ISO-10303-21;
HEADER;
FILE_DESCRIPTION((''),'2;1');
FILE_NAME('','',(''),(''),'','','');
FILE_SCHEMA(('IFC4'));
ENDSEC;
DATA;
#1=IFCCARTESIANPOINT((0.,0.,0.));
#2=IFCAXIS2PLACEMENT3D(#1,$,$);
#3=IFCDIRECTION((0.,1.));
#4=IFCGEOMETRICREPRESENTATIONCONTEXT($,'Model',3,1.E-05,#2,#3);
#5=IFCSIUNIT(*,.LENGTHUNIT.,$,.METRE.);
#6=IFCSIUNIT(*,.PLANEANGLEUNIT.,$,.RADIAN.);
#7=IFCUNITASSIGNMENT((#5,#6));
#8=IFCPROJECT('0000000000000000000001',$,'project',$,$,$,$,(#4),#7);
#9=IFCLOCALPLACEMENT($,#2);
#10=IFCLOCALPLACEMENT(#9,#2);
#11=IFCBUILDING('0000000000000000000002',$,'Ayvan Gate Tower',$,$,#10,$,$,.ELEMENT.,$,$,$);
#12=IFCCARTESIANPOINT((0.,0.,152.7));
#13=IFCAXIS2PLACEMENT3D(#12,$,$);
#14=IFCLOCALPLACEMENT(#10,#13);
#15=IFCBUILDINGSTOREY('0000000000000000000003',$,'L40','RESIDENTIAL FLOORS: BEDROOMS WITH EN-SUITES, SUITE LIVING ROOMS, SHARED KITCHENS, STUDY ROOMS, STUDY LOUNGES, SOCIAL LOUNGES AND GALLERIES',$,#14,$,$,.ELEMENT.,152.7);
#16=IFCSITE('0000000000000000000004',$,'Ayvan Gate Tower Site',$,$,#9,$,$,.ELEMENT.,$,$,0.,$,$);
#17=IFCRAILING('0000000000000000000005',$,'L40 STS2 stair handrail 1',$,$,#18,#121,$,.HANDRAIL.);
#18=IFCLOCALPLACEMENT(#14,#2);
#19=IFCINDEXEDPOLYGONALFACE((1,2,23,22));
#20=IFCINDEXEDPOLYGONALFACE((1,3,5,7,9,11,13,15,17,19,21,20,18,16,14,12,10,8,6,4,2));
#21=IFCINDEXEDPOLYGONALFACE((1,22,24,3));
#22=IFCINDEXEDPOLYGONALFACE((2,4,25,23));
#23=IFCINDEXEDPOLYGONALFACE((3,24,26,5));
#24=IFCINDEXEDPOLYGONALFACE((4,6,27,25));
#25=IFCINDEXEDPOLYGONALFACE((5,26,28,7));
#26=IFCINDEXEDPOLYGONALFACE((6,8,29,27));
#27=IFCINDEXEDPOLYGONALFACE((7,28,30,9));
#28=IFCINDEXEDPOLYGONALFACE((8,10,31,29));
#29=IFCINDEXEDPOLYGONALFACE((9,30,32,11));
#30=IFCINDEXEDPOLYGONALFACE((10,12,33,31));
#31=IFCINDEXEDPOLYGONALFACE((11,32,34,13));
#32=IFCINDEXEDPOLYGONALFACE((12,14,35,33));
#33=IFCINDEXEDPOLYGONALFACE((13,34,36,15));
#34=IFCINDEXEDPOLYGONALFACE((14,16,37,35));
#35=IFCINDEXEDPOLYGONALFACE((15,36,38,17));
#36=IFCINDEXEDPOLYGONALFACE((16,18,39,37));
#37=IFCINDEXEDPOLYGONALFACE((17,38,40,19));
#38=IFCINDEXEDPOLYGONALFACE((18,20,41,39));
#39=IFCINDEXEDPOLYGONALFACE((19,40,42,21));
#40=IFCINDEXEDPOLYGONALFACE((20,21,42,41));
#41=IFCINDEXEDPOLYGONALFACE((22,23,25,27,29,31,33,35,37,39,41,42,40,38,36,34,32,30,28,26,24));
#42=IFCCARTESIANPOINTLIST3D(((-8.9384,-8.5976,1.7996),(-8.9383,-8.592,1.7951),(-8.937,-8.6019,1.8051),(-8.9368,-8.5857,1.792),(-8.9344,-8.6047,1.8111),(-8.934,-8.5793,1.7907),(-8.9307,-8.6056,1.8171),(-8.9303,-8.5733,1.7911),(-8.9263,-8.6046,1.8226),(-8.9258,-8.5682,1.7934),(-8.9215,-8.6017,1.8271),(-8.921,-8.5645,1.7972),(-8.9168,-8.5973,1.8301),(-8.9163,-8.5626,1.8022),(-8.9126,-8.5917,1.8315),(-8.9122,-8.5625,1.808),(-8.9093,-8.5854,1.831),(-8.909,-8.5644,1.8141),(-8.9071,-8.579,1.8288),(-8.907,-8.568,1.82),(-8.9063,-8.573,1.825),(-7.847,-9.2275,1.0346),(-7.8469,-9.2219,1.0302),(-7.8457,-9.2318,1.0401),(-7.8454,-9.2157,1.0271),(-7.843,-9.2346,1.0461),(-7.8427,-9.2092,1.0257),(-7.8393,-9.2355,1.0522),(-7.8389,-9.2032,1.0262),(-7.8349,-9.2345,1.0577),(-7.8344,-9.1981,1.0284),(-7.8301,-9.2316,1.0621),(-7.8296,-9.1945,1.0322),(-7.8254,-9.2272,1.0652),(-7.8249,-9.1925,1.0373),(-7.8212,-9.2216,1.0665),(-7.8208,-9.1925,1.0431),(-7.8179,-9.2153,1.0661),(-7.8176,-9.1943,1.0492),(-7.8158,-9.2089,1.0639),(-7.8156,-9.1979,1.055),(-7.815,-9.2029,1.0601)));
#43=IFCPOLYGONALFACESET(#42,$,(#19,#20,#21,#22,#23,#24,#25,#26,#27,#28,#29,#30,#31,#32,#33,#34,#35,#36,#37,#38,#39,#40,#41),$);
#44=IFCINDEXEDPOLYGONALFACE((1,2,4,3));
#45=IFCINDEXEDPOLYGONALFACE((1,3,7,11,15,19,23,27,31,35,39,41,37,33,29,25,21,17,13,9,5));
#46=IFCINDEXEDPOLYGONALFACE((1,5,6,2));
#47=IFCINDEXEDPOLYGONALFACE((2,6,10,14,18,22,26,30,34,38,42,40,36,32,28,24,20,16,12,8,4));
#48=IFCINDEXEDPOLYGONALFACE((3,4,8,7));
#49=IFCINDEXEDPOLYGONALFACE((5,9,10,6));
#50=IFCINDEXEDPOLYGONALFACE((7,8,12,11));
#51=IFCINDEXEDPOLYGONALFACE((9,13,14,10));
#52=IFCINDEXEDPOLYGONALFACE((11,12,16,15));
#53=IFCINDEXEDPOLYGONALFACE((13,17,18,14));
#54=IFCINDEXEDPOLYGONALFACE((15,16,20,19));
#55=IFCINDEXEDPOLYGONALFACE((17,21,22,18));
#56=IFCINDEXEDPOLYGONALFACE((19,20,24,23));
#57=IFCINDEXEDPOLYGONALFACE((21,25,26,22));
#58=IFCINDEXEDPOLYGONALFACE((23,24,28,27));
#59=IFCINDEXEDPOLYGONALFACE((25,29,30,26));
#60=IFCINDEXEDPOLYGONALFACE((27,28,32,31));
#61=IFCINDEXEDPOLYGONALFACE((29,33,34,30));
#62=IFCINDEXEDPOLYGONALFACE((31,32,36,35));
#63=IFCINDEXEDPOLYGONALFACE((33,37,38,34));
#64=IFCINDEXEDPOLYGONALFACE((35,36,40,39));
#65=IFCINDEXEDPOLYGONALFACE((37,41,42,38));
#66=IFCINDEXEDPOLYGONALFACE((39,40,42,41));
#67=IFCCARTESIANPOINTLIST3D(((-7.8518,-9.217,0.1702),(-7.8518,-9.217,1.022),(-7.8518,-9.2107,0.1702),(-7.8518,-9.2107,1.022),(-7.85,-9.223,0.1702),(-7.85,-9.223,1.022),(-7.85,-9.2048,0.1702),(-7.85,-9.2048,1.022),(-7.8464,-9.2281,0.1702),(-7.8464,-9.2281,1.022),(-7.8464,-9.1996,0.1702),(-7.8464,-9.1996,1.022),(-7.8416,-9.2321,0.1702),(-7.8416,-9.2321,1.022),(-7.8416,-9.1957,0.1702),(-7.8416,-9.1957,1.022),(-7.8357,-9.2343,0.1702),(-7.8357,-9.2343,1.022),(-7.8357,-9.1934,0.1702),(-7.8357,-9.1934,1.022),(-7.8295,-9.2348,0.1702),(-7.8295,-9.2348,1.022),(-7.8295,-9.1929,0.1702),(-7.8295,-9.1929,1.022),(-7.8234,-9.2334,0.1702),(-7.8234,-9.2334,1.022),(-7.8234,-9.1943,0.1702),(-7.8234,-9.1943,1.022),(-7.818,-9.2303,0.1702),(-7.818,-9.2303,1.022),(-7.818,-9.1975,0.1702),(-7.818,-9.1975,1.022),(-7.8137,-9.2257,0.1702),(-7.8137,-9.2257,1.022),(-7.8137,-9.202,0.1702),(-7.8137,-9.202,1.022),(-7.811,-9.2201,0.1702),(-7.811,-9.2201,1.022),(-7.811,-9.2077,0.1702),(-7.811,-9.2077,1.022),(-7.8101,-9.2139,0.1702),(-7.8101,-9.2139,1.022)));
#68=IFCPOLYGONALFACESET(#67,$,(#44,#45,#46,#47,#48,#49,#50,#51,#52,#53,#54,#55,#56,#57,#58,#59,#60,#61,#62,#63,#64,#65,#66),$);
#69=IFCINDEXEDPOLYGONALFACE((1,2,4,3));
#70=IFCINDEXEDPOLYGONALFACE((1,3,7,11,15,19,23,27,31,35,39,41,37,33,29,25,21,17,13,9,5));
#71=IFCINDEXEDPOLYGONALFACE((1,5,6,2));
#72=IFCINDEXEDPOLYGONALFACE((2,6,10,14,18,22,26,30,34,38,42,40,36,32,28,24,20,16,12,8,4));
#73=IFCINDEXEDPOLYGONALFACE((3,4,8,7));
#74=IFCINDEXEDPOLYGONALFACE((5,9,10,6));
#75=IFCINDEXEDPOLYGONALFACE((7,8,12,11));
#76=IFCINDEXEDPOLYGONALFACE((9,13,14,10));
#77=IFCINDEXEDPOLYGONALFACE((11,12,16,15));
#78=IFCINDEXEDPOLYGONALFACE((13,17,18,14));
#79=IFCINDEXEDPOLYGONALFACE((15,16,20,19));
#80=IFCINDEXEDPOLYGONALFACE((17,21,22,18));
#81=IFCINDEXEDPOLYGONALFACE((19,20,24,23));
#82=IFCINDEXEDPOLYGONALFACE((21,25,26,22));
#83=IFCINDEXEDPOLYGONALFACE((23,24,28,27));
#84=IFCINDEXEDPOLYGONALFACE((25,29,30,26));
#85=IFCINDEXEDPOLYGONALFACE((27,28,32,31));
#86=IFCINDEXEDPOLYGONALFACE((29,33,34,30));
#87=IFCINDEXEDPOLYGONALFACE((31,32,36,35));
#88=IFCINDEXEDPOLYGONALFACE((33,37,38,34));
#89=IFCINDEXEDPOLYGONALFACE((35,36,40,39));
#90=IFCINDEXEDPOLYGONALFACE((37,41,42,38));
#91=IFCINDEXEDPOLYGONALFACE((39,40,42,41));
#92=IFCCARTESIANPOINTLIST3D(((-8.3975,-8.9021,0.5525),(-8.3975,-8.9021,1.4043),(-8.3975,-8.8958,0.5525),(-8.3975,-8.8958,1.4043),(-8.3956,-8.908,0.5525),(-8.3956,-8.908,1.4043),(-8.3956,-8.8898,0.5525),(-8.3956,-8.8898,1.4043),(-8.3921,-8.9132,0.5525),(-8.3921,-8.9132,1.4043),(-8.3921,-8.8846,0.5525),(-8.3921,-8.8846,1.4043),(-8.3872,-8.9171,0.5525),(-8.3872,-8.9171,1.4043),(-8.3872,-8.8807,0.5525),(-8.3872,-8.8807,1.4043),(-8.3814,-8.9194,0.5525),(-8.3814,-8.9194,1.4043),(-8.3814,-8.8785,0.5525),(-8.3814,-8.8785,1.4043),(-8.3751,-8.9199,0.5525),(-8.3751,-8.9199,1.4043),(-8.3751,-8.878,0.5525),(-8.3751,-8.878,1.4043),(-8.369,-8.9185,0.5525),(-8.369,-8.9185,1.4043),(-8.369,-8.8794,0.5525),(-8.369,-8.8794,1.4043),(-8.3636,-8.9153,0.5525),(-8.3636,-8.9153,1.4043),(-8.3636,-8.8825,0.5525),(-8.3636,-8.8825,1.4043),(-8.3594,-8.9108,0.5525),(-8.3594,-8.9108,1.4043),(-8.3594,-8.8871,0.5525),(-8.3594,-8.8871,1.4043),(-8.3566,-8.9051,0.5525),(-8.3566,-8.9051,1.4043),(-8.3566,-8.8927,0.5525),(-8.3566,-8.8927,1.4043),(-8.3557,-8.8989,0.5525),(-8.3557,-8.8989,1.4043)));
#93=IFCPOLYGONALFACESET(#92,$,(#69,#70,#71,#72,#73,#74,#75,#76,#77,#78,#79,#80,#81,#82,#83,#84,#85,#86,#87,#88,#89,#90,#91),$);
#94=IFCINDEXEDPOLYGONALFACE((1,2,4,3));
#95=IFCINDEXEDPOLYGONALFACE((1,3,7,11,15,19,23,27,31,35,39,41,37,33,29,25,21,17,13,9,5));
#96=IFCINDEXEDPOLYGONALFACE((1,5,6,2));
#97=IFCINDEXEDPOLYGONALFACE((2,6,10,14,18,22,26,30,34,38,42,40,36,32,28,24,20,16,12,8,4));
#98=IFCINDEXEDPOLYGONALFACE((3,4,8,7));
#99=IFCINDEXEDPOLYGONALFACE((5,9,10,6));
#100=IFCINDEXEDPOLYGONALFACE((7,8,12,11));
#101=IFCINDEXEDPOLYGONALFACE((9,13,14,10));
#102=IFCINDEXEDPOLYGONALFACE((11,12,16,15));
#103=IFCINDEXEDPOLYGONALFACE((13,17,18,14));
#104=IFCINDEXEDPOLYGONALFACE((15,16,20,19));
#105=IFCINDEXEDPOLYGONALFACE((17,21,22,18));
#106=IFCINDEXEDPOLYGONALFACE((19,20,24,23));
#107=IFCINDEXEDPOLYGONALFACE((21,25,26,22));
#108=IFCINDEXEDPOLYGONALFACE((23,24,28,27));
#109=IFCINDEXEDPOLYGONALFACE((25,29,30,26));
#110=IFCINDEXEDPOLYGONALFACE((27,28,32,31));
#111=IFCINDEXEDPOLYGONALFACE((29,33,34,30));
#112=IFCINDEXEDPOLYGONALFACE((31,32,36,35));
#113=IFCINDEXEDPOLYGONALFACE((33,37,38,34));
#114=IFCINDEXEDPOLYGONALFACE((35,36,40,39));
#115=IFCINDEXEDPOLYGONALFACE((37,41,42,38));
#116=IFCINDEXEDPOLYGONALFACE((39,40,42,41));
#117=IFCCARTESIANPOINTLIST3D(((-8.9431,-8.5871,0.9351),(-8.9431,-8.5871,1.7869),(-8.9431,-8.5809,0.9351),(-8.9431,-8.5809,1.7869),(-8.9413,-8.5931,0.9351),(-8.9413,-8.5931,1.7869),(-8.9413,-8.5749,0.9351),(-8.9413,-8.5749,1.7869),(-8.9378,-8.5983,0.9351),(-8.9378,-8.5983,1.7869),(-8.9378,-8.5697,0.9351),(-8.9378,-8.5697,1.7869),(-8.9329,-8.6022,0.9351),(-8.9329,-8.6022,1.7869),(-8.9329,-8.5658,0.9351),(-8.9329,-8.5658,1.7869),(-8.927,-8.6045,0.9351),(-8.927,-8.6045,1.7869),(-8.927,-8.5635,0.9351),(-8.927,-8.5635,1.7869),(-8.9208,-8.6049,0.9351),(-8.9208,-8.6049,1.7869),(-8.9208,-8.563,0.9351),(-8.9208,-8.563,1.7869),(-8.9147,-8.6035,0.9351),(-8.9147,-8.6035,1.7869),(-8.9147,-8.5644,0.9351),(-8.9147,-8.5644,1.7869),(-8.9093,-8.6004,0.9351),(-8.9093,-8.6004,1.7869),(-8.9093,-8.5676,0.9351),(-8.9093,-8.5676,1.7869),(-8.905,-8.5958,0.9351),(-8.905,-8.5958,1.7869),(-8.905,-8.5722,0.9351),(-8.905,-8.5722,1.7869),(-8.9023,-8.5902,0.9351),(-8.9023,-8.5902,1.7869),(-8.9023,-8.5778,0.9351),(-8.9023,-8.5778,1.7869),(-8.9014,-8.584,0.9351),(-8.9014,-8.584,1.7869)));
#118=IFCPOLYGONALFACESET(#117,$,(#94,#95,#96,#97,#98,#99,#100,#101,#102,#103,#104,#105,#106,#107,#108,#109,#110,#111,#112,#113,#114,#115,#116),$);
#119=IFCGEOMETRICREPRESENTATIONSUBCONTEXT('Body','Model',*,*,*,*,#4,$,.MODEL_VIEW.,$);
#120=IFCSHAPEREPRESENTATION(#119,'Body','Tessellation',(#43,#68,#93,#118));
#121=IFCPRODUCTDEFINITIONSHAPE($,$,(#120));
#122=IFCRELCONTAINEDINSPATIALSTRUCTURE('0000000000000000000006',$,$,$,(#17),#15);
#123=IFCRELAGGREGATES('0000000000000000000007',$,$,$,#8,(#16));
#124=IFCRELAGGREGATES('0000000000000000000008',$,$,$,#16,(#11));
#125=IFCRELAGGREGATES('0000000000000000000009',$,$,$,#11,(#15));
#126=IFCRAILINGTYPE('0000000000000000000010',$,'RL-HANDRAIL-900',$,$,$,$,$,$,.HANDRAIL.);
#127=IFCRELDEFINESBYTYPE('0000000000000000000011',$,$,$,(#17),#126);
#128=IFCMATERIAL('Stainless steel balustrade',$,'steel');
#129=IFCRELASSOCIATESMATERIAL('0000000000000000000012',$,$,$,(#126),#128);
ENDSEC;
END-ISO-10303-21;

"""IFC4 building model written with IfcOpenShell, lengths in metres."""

from ifc_helpers import new_model, si_unit, direction, frame, origin, origin_2d, place, context, subcontext, project, spatial, circle, extrude, material, type_object, element, save


model = new_model("IFC4")

# Units and contexts
model_context = context("Model", 3, precision=1e-05, world=origin(), true_north=direction((0.0, 1.0)))
body_context = subcontext(model_context, "Body", "Model", "MODEL_VIEW")
ifc_project = project(units=[si_unit("LENGTHUNIT", "METRE"), si_unit("PLANEANGLEUNIT", "RADIAN")], contexts=[model_context])

# Site, building, storey
site_placement = place(None, origin())
site = spatial("IfcSite", under=ifc_project, at=site_placement, Name="Ayvan Gate Tower Site", CompositionType="ELEMENT", RefElevation=0.0)
building_placement = place(site_placement, origin())
building = spatial("IfcBuilding", under=site, at=building_placement, Name="Ayvan Gate Tower", CompositionType="ELEMENT")
storey_placement = place(building_placement, frame((0.0, 0.0, 152.7)))
storey = spatial("IfcBuildingStorey", under=building, at=storey_placement, Name="L40", Description="RESIDENTIAL FLOORS: BEDROOMS WITH EN-SUITES, SUITE LIVING ROOMS, SHARED KITCHENS, STUDY ROOMS, STUDY LOUNGES, SOCIAL LOUNGES AND GALLERIES", CompositionType="ELEMENT", Elevation=152.7)

# Railing
ifc_material_1 = material(Name="Stainless steel balustrade", Category="steel")
railing_type_1 = type_object("IfcRailingType", Name="RL-HANDRAIL-900", PredefinedType="HANDRAIL", material=ifc_material_1)
railing_1_placement = place(storey_placement, frame((-7.8311, -9.2139, 0.1702)))
element("IfcRailing", 1, at=railing_1_placement, inside=storey, type_object=railing_type_1, Name="L40 STS2 stair handrail 1", PredefinedType="HANDRAIL", context=body_context, shape_type="SweptSolid", body=[
    extrude(circle(Radius=0.0239, at=origin_2d()), frame((0.0, 0.0, 0.876), z_axis=(-0.740357, 0.42732, 0.518912), x_axis=(-0.49989, -0.866089, 0.0)), (0.0, 0.0, 1.0), 1.4741),
    extrude(circle(Radius=0.021, at=origin_2d()), origin(), (0.0, 0.0, 1.0), 0.8518),
    extrude(circle(Radius=0.021, at=origin_2d()), frame((-0.5457, 0.3149, 0.3823)), (0.0, 0.0, 1.0), 0.8518),
    extrude(circle(Radius=0.021, at=origin_2d()), frame((-1.0913, 0.6299, 0.7649)), (0.0, 0.0, 1.0), 0.8518),
])

save(model, "model.ifc")
